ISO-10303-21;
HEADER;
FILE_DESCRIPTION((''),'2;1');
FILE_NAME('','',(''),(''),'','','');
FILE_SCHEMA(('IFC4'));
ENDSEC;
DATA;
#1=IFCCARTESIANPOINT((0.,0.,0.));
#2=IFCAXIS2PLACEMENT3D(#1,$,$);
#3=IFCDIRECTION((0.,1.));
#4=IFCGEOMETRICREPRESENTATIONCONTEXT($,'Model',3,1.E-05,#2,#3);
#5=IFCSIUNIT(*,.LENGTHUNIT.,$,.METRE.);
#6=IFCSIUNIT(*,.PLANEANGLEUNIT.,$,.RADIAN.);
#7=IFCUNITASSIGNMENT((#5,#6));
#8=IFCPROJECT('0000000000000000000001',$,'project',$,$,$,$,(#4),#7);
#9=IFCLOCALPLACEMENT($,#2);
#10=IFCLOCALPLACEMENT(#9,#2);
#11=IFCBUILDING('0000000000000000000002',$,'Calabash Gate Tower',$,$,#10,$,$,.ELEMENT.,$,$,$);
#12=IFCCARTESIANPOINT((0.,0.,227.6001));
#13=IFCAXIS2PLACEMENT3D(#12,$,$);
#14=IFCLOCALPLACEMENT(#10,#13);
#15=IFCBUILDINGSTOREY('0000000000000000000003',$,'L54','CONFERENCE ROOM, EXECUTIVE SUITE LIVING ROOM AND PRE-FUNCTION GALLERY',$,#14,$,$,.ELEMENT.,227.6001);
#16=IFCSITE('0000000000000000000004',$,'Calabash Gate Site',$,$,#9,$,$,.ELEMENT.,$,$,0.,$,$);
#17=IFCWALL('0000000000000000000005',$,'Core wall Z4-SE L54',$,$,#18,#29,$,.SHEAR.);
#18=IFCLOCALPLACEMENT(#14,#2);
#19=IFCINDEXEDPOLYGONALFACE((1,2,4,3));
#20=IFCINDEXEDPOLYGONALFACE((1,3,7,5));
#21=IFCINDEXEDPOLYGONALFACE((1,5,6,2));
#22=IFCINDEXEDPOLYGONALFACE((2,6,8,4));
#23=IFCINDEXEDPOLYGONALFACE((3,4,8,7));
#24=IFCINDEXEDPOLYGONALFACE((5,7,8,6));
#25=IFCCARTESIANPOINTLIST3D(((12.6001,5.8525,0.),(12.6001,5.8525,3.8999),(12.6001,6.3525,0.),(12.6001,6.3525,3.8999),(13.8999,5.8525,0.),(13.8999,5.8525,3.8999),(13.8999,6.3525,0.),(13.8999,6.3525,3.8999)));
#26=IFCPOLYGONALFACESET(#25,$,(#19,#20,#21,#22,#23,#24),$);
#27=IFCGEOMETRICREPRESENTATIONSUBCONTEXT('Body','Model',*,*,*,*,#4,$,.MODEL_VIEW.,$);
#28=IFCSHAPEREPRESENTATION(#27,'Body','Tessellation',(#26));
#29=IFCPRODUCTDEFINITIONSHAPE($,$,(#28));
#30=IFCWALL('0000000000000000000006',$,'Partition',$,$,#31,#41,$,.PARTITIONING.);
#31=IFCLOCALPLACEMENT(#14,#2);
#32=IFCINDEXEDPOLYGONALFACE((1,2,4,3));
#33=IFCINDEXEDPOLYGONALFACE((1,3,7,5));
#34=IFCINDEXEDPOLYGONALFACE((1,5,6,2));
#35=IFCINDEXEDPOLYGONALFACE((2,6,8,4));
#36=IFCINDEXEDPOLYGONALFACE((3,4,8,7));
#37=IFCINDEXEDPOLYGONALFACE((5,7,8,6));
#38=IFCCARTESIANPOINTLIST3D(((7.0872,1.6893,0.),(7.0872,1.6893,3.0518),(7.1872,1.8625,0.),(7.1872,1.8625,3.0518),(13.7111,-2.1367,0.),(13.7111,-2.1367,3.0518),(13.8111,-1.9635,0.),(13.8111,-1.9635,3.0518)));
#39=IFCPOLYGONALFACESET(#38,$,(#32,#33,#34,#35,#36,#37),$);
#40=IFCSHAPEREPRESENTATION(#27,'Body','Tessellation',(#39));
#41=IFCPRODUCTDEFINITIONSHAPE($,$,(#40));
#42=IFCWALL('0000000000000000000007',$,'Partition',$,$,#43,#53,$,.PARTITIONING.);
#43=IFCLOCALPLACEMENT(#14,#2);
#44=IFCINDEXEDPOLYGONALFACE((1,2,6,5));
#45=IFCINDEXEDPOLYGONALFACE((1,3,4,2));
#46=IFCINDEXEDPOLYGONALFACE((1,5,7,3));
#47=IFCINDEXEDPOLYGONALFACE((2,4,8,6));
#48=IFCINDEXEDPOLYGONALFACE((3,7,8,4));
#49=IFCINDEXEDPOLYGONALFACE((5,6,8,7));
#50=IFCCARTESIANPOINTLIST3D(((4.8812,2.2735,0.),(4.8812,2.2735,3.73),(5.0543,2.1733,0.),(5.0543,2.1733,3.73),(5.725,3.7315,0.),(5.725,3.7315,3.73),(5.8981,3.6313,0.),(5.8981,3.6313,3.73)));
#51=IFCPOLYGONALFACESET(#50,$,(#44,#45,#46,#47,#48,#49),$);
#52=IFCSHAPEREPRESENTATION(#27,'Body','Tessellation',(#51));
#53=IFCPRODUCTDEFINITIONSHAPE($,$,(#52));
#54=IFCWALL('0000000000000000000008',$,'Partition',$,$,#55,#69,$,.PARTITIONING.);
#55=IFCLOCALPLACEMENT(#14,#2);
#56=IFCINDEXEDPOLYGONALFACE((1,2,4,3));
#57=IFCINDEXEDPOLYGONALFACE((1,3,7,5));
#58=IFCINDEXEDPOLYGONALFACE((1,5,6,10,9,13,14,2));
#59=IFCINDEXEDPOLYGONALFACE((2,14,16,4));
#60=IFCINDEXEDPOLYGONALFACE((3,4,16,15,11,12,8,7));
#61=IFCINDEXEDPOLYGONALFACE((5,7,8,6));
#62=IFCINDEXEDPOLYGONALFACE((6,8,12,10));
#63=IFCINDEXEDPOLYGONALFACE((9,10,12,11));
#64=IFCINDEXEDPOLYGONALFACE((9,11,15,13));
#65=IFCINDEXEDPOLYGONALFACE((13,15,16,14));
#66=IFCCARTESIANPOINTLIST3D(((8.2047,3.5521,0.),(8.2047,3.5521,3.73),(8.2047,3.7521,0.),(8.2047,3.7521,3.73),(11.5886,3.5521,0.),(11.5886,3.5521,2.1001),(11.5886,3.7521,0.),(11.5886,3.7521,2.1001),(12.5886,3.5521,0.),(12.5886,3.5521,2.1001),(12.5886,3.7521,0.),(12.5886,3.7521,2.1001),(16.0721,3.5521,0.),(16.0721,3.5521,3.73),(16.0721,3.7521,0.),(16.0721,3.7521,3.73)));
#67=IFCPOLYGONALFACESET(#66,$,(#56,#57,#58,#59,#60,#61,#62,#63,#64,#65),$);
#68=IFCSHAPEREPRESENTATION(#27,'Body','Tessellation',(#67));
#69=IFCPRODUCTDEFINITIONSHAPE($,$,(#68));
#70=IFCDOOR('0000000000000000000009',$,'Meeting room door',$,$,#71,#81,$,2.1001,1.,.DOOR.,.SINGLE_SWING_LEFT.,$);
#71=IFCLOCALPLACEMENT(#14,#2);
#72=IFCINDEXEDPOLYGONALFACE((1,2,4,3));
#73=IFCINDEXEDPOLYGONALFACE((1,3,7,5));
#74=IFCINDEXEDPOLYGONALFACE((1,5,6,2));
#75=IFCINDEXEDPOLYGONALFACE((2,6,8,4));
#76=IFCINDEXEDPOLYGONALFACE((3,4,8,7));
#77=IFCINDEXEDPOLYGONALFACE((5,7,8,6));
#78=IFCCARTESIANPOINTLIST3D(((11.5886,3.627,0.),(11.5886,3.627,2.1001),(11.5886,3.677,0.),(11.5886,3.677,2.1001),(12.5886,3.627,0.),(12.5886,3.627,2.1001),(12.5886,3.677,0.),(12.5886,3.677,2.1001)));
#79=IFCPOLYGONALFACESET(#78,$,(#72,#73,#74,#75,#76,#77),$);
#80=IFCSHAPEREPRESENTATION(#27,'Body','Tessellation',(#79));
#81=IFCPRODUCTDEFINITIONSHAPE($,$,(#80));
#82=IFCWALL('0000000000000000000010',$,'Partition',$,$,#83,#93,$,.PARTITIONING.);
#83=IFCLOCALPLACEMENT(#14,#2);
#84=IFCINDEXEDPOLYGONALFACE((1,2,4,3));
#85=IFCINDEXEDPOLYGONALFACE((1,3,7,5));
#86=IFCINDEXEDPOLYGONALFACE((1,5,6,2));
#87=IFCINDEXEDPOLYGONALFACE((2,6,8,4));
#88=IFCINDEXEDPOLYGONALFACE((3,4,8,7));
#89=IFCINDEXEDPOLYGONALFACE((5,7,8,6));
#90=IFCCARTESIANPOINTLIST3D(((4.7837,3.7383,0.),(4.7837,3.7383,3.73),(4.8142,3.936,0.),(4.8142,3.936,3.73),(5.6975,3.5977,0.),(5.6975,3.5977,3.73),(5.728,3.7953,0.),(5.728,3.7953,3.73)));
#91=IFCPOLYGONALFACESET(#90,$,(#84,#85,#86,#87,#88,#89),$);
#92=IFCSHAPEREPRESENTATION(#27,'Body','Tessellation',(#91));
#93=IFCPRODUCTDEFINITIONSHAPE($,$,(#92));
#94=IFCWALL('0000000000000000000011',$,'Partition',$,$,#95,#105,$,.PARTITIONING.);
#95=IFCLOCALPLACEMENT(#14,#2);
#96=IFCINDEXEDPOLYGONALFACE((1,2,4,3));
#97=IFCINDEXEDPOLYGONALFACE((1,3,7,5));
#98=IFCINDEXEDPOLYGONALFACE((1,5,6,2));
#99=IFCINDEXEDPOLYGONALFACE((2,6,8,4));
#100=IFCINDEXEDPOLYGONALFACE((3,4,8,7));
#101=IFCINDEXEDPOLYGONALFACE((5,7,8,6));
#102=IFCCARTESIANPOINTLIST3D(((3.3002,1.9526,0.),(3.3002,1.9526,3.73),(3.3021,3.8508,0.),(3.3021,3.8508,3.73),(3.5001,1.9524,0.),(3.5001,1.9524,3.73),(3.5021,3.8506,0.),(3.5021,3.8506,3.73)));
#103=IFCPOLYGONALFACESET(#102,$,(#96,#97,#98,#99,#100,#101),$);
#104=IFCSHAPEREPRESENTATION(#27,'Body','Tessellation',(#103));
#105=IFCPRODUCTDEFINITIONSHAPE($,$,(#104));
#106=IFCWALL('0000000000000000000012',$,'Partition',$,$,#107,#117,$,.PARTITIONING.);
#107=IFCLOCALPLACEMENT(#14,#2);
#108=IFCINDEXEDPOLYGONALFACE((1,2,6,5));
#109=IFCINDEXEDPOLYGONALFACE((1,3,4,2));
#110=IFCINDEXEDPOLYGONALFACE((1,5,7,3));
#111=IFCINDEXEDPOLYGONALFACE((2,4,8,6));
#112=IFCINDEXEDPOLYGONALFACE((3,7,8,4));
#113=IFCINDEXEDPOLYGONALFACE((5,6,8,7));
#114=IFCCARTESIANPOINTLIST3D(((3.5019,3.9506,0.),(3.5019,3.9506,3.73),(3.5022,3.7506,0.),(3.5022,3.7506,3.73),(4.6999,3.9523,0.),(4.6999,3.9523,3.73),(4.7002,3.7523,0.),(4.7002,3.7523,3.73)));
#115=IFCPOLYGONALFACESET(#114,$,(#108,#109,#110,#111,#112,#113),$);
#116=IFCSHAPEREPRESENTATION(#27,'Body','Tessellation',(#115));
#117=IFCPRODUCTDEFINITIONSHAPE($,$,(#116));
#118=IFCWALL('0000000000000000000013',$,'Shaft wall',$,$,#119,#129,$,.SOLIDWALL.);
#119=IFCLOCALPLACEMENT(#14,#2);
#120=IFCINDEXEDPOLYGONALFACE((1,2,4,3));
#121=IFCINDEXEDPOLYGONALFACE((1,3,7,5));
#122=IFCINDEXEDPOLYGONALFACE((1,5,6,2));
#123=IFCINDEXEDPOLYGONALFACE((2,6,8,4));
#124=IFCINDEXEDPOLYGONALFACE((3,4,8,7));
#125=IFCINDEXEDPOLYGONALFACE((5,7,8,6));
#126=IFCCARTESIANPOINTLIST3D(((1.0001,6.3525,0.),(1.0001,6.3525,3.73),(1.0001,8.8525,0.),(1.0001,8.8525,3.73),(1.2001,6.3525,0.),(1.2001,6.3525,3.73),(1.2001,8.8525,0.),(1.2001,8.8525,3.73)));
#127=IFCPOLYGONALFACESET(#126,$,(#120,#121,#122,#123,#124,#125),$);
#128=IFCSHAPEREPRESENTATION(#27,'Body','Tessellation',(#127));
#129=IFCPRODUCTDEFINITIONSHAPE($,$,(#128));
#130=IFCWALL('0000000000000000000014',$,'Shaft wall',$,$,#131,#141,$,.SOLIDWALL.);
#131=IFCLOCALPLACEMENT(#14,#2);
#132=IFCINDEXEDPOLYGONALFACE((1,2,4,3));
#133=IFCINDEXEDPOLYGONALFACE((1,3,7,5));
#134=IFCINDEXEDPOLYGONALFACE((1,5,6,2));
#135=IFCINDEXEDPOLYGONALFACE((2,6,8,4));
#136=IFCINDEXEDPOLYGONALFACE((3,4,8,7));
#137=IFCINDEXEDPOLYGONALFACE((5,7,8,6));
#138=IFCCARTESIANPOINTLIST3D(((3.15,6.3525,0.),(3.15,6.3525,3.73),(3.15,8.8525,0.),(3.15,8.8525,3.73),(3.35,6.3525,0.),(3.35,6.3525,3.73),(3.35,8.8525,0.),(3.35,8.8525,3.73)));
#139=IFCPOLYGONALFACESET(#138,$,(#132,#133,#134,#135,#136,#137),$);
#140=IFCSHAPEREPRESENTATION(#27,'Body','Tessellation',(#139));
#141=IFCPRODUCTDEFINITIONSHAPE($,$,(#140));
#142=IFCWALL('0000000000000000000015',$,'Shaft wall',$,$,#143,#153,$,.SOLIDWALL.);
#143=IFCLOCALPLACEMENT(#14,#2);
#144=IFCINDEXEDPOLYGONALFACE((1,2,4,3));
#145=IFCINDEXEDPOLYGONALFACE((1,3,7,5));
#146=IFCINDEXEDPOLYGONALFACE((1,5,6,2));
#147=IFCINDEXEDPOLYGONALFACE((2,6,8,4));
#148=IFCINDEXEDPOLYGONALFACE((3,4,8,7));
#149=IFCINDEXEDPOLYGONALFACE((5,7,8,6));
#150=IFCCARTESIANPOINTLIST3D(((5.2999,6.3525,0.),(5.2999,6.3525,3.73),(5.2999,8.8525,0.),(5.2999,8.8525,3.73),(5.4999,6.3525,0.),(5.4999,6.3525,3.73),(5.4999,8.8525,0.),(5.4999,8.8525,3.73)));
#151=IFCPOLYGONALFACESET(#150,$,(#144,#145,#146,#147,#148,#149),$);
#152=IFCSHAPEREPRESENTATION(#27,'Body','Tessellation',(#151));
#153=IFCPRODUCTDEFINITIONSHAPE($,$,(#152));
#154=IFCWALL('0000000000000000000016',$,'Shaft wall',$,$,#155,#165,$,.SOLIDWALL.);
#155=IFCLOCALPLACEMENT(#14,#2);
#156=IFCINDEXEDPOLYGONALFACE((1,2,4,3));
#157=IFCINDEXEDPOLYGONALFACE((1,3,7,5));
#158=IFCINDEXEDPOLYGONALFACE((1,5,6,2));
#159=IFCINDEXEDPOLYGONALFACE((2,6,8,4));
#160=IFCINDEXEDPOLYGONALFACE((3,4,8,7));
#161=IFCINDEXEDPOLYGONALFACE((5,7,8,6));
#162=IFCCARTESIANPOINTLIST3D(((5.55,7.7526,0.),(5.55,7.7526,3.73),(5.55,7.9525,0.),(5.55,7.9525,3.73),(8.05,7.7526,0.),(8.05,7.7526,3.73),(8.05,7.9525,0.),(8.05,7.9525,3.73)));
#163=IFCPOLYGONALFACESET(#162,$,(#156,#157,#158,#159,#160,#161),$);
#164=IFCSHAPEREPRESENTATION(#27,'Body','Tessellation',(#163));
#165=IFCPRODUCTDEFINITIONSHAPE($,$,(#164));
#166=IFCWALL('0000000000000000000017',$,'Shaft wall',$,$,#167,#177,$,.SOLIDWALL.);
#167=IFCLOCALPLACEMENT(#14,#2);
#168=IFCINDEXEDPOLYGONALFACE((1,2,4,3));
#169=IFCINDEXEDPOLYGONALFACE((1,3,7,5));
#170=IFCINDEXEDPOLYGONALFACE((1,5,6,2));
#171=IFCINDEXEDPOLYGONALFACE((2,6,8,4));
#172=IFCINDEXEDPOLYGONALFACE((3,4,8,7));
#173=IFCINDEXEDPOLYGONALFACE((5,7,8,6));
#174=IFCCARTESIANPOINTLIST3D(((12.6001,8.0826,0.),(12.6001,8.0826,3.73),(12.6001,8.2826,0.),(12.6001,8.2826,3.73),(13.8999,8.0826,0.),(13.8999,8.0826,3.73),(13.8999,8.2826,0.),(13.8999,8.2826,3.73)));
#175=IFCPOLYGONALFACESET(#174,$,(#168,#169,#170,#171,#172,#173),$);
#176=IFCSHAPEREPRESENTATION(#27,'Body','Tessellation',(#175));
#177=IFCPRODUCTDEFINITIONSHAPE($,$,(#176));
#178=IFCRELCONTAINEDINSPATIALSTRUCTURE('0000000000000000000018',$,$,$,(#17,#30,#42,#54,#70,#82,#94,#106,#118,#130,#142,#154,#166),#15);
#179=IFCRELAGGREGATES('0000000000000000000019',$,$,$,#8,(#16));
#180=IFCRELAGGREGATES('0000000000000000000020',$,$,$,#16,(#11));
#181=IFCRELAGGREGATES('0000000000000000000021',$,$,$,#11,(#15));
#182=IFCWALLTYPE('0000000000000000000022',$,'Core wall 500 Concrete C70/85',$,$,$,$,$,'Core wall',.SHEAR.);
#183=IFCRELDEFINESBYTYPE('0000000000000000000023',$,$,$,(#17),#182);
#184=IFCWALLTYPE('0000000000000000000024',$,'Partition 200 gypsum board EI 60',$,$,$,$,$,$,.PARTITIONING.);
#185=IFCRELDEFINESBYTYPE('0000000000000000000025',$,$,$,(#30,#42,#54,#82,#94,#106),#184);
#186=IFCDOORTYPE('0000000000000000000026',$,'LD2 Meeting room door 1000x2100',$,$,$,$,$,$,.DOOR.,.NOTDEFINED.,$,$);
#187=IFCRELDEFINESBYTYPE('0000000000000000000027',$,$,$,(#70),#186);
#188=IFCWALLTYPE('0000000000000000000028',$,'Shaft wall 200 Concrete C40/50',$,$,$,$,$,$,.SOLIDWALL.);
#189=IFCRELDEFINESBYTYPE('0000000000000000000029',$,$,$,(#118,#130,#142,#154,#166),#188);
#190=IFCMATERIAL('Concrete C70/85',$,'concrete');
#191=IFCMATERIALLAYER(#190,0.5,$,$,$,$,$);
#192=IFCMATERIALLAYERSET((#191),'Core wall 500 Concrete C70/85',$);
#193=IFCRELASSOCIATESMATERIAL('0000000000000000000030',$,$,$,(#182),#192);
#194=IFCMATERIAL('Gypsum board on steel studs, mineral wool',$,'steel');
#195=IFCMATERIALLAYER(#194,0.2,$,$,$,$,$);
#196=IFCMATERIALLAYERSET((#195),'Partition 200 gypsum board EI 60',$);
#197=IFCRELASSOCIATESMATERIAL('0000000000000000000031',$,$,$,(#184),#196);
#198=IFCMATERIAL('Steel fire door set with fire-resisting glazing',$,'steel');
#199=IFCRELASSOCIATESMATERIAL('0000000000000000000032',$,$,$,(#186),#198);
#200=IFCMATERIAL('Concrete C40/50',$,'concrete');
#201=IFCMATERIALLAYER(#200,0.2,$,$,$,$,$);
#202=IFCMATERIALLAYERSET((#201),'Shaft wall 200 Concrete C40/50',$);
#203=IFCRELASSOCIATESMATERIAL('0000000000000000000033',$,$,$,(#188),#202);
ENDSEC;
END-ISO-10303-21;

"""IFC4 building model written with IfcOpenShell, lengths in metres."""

from ifc_helpers import new_model, si_unit, direction, frame, frame_2d, origin, place, context, subcontext, project, spatial, rectangle, extrude, material, layer, layer_set, type_object, element, fill, save


model = new_model("IFC4")

# Units and contexts
model_context = context("Model", 3, precision=1e-05, world=origin(), true_north=direction((0.0, 1.0)))
body_context = subcontext(model_context, "Body", "Model", "MODEL_VIEW")
ifc_project = project(units=[si_unit("LENGTHUNIT", "METRE"), si_unit("PLANEANGLEUNIT", "RADIAN")], contexts=[model_context])

# Site, building, storey
site_placement = place(None, origin())
site = spatial("IfcSite", under=ifc_project, at=site_placement, Name="Calabash Gate Site", CompositionType="ELEMENT", RefElevation=0.0)
building_placement = place(site_placement, origin())
building = spatial("IfcBuilding", under=site, at=building_placement, Name="Calabash Gate Tower", CompositionType="ELEMENT")
storey_placement = place(building_placement, frame((0.0, 0.0, 227.6001)))
storey = spatial("IfcBuildingStorey", under=building, at=storey_placement, Name="L54", Description="CONFERENCE ROOM, EXECUTIVE SUITE LIVING ROOM AND PRE-FUNCTION GALLERY", CompositionType="ELEMENT", Elevation=227.6001)

# Shared definitions
ifc_material_1 = material(Name="Concrete C70/85", Category="concrete")
ifc_layer_1 = layer(ifc_material_1, 0.5)
ifc_layer_set_1 = layer_set([ifc_layer_1], Name="Core wall 500 Concrete C70/85")
wall_type_1 = type_object("IfcWallType", Name="Core wall 500 Concrete C70/85", ElementType="Core wall", PredefinedType="SHEAR", material=ifc_layer_set_1)

# Walls
wall_1_placement = place(storey_placement, frame((12.6001, 6.1025, 0.0), z_axis=(0.0, 0.0, 1.0), x_axis=(1.0, 0.0, 0.0)))
element("IfcWall", 1, at=wall_1_placement, inside=storey, type_object=wall_type_1, Name="Core wall Z4-SE L54", PredefinedType="SHEAR", context=body_context, shape_type="SweptSolid", body=[
    extrude(rectangle(XDim=1.2998, YDim=0.5, at=frame_2d((0.6499, 0.0))), origin(), (0.0, 0.0, 1.0), 3.8999),
])
ifc_material_2 = material(Name="Gypsum board on steel studs, mineral wool", Category="steel")
ifc_layer_2 = layer(ifc_material_2, 0.2)
ifc_layer_set_2 = layer_set([ifc_layer_2], Name="Partition 200 gypsum board EI 60")
wall_type_2 = type_object("IfcWallType", Name="Partition 200 gypsum board EI 60", PredefinedType="PARTITIONING", material=ifc_layer_set_2)
wall_2_placement = place(storey_placement, frame((7.1372, 1.7759, 0.0), z_axis=(0.0, 0.0, 1.0), x_axis=(0.86593, -0.500165, 0.0)))
element("IfcWall", 2, at=wall_2_placement, inside=storey, type_object=wall_type_2, Name="Partition", PredefinedType="PARTITIONING", context=body_context, shape_type="SweptSolid", body=[
    extrude(rectangle(XDim=7.6494, YDim=0.2, at=frame_2d((3.8247, 0.0))), origin(), (0.0, 0.0, 1.0), 3.0518),
])
wall_3_placement = place(storey_placement, frame((4.9678, 2.2234, 0.0), z_axis=(0.0, 0.0, 1.0), x_axis=(0.500876, 0.865519, 0.0)))
element("IfcWall", 3, at=wall_3_placement, inside=storey, type_object=wall_type_2, Name="Partition", PredefinedType="PARTITIONING", context=body_context, shape_type="SweptSolid", body=[
    extrude(rectangle(XDim=1.6846, YDim=0.2, at=frame_2d((0.8423, 0.0))), origin(), (0.0, 0.0, 1.0), 3.73),
])

# Wall, opening, door
wall_4_placement = place(storey_placement, frame((8.2048, 3.6521, 0.0), z_axis=(0.0, 0.0, 1.0), x_axis=(1.0, 0.0, 0.0)))
wall_4 = element("IfcWall", 4, at=wall_4_placement, inside=storey, type_object=wall_type_2, Name="Partition", PredefinedType="PARTITIONING", context=body_context, shape_type="SweptSolid", body=[
    extrude(rectangle(XDim=7.8674, YDim=0.2, at=frame_2d((3.9336, 0.0))), origin(), (0.0, 0.0, 1.0), 3.73),
])
opening_1_placement = place(wall_4_placement, frame((3.3838, 0.0, 0.0)))
opening_1 = element("IfcOpeningElement", 5, at=opening_1_placement, cuts=wall_4, PredefinedType="OPENING", context=body_context, shape_type="SweptSolid", body=[
    extrude(rectangle(XDim=1.0, YDim=2.1001, at=frame_2d((0.5, 1.05))), frame((0.0, 0.1099, 0.0), z_axis=(0.0, -1.0, 0.0), x_axis=(1.0, 0.0, 0.0)), (0.0, 0.0, 1.0), 0.22),
])
ifc_material_3 = material(Name="Steel fire door set with fire-resisting glazing", Category="steel")
door_type_1 = type_object("IfcDoorType", Name="LD2 Meeting room door 1000x2100", OperationType="NOTDEFINED", PredefinedType="DOOR", material=ifc_material_3)
door_1_placement = place(opening_1_placement, origin())
door_1 = element("IfcDoor", 6, at=door_1_placement, inside=storey, type_object=door_type_1, Name="Meeting room door", OperationType="SINGLE_SWING_LEFT", OverallHeight=2.1001, OverallWidth=1.0, PredefinedType="DOOR", context=body_context, shape_type="SweptSolid", body=[
    extrude(rectangle(XDim=1.0, YDim=2.1001, at=frame_2d((0.5, 1.05))), frame((0.0, 0.0249, 0.0), z_axis=(0.0, -1.0, 0.0), x_axis=(1.0, 0.0, 0.0)), (0.0, 0.0, 1.0), 0.05),
])
fill(opening_1, door_1)

# Walls
wall_5_placement = place(storey_placement, frame((4.7988, 3.8372, 0.0), z_axis=(0.0, 0.0, 1.0), x_axis=(0.988366, -0.152097, 0.0)))
element("IfcWall", 7, at=wall_5_placement, inside=storey, type_object=wall_type_2, Name="Partition", PredefinedType="PARTITIONING", context=body_context, shape_type="SweptSolid", body=[
    extrude(rectangle(XDim=0.9246, YDim=0.2, at=frame_2d((0.4624, 0.0))), origin(), (0.0, 0.0, 1.0), 3.73),
])
wall_6_placement = place(storey_placement, frame((3.4001, 1.9524, 0.0), z_axis=(0.0, 0.0, 1.0), x_axis=(0.001029, 0.999999, 0.0)))
element("IfcWall", 8, at=wall_6_placement, inside=storey, type_object=wall_type_2, Name="Partition", PredefinedType="PARTITIONING", context=body_context, shape_type="SweptSolid", body=[
    extrude(rectangle(XDim=1.8982, YDim=0.2, at=frame_2d((0.9492, 0.0))), origin(), (0.0, 0.0, 1.0), 3.73),
])
wall_7_placement = place(storey_placement, frame((3.502, 3.8506, 0.0), z_axis=(0.0, 0.0, 1.0), x_axis=(0.999999, 0.001427, 0.0)))
element("IfcWall", 9, at=wall_7_placement, inside=storey, type_object=wall_type_2, Name="Partition", PredefinedType="PARTITIONING", context=body_context, shape_type="SweptSolid", body=[
    extrude(rectangle(XDim=1.198, YDim=0.2, at=frame_2d((0.5991, 0.0))), origin(), (0.0, 0.0, 1.0), 3.73),
])
ifc_material_4 = material(Name="Concrete C40/50", Category="concrete")
ifc_layer_3 = layer(ifc_material_4, 0.2)
ifc_layer_set_3 = layer_set([ifc_layer_3], Name="Shaft wall 200 Concrete C40/50")
wall_type_3 = type_object("IfcWallType", Name="Shaft wall 200 Concrete C40/50", PredefinedType="SOLIDWALL", material=ifc_layer_set_3)
for number, where, z_axis, x_axis, name in (
    (10, (1.1001, 6.3525, 0.0), (0.0, 0.0, 1.0), (0.0, 1.0, 0.0), "Shaft wall"),
    (11, (3.25, 6.3525, 0.0), (0.0, 0.0, 1.0), (0.0, 1.0, 0.0), "Shaft wall"),
    (12, (5.3999, 6.3525, 0.0), (0.0, 0.0, 1.0), (0.0, 1.0, 0.0), "Shaft wall"),
    (13, (5.55, 7.8525, 0.0), (0.0, 0.0, 1.0), (1.0, 0.0, 0.0), "Shaft wall"),
):
    element("IfcWall", number, at=place(storey_placement, frame(where, z_axis=z_axis, x_axis=x_axis)), inside=storey, type_object=wall_type_3, Name=name, PredefinedType="SOLIDWALL", context=body_context, shape_type="SweptSolid", body=[
        extrude(rectangle(XDim=2.5, YDim=0.2, at=frame_2d((1.25, 0.0))), origin(), (0.0, 0.0, 1.0), 3.73),
    ])
wall_8_placement = place(storey_placement, frame((12.6001, 8.1826, 0.0), z_axis=(0.0, 0.0, 1.0), x_axis=(1.0, 0.0, 0.0)))
element("IfcWall", 14, at=wall_8_placement, inside=storey, type_object=wall_type_3, Name="Shaft wall", PredefinedType="SOLIDWALL", context=body_context, shape_type="SweptSolid", body=[
    extrude(rectangle(XDim=1.2998, YDim=0.2, at=frame_2d((0.6499, 0.0))), origin(), (0.0, 0.0, 1.0), 3.73),
])

save(model, "model.ifc")
